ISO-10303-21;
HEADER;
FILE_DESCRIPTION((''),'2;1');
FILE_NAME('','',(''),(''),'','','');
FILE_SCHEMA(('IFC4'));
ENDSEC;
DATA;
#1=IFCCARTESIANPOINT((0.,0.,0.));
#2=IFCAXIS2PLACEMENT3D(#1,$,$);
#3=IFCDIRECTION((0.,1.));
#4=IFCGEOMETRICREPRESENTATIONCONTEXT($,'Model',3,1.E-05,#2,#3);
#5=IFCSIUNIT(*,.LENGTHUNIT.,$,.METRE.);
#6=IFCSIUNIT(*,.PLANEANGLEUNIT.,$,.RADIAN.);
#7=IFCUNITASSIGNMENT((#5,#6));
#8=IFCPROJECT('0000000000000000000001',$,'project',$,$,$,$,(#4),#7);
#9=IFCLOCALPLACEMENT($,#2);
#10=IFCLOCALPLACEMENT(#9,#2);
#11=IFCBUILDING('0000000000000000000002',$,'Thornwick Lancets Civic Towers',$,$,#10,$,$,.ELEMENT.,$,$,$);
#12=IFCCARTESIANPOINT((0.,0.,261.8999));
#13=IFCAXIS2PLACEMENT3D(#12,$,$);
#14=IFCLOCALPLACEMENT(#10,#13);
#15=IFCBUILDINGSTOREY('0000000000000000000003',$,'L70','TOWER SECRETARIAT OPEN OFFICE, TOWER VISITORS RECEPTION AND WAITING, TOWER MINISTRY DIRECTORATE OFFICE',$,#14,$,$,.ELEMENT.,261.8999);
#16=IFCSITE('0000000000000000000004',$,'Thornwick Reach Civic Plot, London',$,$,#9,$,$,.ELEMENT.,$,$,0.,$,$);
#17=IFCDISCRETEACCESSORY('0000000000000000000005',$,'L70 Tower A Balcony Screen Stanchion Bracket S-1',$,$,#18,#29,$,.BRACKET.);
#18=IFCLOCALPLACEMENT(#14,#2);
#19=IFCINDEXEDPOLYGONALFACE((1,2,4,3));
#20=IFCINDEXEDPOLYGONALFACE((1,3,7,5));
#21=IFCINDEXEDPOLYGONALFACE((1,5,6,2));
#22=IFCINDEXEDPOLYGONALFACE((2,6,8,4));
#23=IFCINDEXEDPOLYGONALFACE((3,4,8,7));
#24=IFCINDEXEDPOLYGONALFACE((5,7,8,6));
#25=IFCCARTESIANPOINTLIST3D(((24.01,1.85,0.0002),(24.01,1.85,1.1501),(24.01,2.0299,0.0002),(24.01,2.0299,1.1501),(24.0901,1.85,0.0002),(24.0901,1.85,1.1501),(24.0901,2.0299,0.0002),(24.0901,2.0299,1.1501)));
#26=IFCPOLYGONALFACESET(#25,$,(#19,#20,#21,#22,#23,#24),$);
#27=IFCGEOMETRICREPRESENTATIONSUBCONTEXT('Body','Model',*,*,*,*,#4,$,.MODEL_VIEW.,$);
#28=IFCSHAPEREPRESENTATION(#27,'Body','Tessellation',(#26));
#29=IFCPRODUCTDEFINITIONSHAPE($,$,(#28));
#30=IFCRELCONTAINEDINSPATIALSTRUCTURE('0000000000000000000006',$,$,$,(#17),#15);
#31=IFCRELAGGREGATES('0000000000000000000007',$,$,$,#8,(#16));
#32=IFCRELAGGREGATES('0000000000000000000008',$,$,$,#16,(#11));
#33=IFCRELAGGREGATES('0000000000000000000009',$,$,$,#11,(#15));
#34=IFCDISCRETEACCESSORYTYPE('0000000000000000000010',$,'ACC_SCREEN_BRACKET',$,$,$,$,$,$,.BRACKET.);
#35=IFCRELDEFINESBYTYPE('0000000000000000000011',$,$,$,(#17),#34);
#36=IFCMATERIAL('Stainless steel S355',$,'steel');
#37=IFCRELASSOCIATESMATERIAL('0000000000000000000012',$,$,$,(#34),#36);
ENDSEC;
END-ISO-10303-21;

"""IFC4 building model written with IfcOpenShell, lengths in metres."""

from ifc_helpers import new_model, si_unit, direction, frame, origin, origin_2d, place, context, subcontext, project, spatial, rectangle, extrude, material, type_object, element, save


model = new_model("IFC4")

# Units and contexts
model_context = context("Model", 3, precision=1e-05, world=origin(), true_north=direction((0.0, 1.0)))
body_context = subcontext(model_context, "Body", "Model", "MODEL_VIEW")
ifc_project = project(units=[si_unit("LENGTHUNIT", "METRE"), si_unit("PLANEANGLEUNIT", "RADIAN")], contexts=[model_context])

# Site, building, storey
site_placement = place(None, origin())
site = spatial("IfcSite", under=ifc_project, at=site_placement, Name="Thornwick Reach Civic Plot, London", CompositionType="ELEMENT", RefElevation=0.0)
building_placement = place(site_placement, origin())
building = spatial("IfcBuilding", under=site, at=building_placement, Name="Thornwick Lancets Civic Towers", CompositionType="ELEMENT")
storey_placement = place(building_placement, frame((0.0, 0.0, 261.8999)))
storey = spatial("IfcBuildingStorey", under=building, at=storey_placement, Name="L70", Description="TOWER SECRETARIAT OPEN OFFICE, TOWER VISITORS RECEPTION AND WAITING, TOWER MINISTRY DIRECTORATE OFFICE", CompositionType="ELEMENT", Elevation=261.8999)

# Discrete accessory
ifc_material_1 = material(Name="Stainless steel S355", Category="steel")
discrete_accessory_type = type_object("IfcDiscreteAccessoryType", Name="ACC_SCREEN_BRACKET", PredefinedType="BRACKET", material=ifc_material_1)
discrete_accessory_placement = place(storey_placement, frame((24.05, 1.9399, 0.0002), z_axis=(0.0, 0.0, 1.0), x_axis=(1.0, 0.0, 0.0)))
element("IfcDiscreteAccessory", 1, at=discrete_accessory_placement, inside=storey, type_object=discrete_accessory_type, Name="L70 Tower A Balcony Screen Stanchion Bracket S-1", PredefinedType="BRACKET", context=body_context, shape_type="SweptSolid", body=[
    extrude(rectangle(XDim=0.0801, YDim=0.1799, at=origin_2d()), origin(), (0.0, 0.0, 1.0), 1.1499),
])

save(model, "model.ifc")
